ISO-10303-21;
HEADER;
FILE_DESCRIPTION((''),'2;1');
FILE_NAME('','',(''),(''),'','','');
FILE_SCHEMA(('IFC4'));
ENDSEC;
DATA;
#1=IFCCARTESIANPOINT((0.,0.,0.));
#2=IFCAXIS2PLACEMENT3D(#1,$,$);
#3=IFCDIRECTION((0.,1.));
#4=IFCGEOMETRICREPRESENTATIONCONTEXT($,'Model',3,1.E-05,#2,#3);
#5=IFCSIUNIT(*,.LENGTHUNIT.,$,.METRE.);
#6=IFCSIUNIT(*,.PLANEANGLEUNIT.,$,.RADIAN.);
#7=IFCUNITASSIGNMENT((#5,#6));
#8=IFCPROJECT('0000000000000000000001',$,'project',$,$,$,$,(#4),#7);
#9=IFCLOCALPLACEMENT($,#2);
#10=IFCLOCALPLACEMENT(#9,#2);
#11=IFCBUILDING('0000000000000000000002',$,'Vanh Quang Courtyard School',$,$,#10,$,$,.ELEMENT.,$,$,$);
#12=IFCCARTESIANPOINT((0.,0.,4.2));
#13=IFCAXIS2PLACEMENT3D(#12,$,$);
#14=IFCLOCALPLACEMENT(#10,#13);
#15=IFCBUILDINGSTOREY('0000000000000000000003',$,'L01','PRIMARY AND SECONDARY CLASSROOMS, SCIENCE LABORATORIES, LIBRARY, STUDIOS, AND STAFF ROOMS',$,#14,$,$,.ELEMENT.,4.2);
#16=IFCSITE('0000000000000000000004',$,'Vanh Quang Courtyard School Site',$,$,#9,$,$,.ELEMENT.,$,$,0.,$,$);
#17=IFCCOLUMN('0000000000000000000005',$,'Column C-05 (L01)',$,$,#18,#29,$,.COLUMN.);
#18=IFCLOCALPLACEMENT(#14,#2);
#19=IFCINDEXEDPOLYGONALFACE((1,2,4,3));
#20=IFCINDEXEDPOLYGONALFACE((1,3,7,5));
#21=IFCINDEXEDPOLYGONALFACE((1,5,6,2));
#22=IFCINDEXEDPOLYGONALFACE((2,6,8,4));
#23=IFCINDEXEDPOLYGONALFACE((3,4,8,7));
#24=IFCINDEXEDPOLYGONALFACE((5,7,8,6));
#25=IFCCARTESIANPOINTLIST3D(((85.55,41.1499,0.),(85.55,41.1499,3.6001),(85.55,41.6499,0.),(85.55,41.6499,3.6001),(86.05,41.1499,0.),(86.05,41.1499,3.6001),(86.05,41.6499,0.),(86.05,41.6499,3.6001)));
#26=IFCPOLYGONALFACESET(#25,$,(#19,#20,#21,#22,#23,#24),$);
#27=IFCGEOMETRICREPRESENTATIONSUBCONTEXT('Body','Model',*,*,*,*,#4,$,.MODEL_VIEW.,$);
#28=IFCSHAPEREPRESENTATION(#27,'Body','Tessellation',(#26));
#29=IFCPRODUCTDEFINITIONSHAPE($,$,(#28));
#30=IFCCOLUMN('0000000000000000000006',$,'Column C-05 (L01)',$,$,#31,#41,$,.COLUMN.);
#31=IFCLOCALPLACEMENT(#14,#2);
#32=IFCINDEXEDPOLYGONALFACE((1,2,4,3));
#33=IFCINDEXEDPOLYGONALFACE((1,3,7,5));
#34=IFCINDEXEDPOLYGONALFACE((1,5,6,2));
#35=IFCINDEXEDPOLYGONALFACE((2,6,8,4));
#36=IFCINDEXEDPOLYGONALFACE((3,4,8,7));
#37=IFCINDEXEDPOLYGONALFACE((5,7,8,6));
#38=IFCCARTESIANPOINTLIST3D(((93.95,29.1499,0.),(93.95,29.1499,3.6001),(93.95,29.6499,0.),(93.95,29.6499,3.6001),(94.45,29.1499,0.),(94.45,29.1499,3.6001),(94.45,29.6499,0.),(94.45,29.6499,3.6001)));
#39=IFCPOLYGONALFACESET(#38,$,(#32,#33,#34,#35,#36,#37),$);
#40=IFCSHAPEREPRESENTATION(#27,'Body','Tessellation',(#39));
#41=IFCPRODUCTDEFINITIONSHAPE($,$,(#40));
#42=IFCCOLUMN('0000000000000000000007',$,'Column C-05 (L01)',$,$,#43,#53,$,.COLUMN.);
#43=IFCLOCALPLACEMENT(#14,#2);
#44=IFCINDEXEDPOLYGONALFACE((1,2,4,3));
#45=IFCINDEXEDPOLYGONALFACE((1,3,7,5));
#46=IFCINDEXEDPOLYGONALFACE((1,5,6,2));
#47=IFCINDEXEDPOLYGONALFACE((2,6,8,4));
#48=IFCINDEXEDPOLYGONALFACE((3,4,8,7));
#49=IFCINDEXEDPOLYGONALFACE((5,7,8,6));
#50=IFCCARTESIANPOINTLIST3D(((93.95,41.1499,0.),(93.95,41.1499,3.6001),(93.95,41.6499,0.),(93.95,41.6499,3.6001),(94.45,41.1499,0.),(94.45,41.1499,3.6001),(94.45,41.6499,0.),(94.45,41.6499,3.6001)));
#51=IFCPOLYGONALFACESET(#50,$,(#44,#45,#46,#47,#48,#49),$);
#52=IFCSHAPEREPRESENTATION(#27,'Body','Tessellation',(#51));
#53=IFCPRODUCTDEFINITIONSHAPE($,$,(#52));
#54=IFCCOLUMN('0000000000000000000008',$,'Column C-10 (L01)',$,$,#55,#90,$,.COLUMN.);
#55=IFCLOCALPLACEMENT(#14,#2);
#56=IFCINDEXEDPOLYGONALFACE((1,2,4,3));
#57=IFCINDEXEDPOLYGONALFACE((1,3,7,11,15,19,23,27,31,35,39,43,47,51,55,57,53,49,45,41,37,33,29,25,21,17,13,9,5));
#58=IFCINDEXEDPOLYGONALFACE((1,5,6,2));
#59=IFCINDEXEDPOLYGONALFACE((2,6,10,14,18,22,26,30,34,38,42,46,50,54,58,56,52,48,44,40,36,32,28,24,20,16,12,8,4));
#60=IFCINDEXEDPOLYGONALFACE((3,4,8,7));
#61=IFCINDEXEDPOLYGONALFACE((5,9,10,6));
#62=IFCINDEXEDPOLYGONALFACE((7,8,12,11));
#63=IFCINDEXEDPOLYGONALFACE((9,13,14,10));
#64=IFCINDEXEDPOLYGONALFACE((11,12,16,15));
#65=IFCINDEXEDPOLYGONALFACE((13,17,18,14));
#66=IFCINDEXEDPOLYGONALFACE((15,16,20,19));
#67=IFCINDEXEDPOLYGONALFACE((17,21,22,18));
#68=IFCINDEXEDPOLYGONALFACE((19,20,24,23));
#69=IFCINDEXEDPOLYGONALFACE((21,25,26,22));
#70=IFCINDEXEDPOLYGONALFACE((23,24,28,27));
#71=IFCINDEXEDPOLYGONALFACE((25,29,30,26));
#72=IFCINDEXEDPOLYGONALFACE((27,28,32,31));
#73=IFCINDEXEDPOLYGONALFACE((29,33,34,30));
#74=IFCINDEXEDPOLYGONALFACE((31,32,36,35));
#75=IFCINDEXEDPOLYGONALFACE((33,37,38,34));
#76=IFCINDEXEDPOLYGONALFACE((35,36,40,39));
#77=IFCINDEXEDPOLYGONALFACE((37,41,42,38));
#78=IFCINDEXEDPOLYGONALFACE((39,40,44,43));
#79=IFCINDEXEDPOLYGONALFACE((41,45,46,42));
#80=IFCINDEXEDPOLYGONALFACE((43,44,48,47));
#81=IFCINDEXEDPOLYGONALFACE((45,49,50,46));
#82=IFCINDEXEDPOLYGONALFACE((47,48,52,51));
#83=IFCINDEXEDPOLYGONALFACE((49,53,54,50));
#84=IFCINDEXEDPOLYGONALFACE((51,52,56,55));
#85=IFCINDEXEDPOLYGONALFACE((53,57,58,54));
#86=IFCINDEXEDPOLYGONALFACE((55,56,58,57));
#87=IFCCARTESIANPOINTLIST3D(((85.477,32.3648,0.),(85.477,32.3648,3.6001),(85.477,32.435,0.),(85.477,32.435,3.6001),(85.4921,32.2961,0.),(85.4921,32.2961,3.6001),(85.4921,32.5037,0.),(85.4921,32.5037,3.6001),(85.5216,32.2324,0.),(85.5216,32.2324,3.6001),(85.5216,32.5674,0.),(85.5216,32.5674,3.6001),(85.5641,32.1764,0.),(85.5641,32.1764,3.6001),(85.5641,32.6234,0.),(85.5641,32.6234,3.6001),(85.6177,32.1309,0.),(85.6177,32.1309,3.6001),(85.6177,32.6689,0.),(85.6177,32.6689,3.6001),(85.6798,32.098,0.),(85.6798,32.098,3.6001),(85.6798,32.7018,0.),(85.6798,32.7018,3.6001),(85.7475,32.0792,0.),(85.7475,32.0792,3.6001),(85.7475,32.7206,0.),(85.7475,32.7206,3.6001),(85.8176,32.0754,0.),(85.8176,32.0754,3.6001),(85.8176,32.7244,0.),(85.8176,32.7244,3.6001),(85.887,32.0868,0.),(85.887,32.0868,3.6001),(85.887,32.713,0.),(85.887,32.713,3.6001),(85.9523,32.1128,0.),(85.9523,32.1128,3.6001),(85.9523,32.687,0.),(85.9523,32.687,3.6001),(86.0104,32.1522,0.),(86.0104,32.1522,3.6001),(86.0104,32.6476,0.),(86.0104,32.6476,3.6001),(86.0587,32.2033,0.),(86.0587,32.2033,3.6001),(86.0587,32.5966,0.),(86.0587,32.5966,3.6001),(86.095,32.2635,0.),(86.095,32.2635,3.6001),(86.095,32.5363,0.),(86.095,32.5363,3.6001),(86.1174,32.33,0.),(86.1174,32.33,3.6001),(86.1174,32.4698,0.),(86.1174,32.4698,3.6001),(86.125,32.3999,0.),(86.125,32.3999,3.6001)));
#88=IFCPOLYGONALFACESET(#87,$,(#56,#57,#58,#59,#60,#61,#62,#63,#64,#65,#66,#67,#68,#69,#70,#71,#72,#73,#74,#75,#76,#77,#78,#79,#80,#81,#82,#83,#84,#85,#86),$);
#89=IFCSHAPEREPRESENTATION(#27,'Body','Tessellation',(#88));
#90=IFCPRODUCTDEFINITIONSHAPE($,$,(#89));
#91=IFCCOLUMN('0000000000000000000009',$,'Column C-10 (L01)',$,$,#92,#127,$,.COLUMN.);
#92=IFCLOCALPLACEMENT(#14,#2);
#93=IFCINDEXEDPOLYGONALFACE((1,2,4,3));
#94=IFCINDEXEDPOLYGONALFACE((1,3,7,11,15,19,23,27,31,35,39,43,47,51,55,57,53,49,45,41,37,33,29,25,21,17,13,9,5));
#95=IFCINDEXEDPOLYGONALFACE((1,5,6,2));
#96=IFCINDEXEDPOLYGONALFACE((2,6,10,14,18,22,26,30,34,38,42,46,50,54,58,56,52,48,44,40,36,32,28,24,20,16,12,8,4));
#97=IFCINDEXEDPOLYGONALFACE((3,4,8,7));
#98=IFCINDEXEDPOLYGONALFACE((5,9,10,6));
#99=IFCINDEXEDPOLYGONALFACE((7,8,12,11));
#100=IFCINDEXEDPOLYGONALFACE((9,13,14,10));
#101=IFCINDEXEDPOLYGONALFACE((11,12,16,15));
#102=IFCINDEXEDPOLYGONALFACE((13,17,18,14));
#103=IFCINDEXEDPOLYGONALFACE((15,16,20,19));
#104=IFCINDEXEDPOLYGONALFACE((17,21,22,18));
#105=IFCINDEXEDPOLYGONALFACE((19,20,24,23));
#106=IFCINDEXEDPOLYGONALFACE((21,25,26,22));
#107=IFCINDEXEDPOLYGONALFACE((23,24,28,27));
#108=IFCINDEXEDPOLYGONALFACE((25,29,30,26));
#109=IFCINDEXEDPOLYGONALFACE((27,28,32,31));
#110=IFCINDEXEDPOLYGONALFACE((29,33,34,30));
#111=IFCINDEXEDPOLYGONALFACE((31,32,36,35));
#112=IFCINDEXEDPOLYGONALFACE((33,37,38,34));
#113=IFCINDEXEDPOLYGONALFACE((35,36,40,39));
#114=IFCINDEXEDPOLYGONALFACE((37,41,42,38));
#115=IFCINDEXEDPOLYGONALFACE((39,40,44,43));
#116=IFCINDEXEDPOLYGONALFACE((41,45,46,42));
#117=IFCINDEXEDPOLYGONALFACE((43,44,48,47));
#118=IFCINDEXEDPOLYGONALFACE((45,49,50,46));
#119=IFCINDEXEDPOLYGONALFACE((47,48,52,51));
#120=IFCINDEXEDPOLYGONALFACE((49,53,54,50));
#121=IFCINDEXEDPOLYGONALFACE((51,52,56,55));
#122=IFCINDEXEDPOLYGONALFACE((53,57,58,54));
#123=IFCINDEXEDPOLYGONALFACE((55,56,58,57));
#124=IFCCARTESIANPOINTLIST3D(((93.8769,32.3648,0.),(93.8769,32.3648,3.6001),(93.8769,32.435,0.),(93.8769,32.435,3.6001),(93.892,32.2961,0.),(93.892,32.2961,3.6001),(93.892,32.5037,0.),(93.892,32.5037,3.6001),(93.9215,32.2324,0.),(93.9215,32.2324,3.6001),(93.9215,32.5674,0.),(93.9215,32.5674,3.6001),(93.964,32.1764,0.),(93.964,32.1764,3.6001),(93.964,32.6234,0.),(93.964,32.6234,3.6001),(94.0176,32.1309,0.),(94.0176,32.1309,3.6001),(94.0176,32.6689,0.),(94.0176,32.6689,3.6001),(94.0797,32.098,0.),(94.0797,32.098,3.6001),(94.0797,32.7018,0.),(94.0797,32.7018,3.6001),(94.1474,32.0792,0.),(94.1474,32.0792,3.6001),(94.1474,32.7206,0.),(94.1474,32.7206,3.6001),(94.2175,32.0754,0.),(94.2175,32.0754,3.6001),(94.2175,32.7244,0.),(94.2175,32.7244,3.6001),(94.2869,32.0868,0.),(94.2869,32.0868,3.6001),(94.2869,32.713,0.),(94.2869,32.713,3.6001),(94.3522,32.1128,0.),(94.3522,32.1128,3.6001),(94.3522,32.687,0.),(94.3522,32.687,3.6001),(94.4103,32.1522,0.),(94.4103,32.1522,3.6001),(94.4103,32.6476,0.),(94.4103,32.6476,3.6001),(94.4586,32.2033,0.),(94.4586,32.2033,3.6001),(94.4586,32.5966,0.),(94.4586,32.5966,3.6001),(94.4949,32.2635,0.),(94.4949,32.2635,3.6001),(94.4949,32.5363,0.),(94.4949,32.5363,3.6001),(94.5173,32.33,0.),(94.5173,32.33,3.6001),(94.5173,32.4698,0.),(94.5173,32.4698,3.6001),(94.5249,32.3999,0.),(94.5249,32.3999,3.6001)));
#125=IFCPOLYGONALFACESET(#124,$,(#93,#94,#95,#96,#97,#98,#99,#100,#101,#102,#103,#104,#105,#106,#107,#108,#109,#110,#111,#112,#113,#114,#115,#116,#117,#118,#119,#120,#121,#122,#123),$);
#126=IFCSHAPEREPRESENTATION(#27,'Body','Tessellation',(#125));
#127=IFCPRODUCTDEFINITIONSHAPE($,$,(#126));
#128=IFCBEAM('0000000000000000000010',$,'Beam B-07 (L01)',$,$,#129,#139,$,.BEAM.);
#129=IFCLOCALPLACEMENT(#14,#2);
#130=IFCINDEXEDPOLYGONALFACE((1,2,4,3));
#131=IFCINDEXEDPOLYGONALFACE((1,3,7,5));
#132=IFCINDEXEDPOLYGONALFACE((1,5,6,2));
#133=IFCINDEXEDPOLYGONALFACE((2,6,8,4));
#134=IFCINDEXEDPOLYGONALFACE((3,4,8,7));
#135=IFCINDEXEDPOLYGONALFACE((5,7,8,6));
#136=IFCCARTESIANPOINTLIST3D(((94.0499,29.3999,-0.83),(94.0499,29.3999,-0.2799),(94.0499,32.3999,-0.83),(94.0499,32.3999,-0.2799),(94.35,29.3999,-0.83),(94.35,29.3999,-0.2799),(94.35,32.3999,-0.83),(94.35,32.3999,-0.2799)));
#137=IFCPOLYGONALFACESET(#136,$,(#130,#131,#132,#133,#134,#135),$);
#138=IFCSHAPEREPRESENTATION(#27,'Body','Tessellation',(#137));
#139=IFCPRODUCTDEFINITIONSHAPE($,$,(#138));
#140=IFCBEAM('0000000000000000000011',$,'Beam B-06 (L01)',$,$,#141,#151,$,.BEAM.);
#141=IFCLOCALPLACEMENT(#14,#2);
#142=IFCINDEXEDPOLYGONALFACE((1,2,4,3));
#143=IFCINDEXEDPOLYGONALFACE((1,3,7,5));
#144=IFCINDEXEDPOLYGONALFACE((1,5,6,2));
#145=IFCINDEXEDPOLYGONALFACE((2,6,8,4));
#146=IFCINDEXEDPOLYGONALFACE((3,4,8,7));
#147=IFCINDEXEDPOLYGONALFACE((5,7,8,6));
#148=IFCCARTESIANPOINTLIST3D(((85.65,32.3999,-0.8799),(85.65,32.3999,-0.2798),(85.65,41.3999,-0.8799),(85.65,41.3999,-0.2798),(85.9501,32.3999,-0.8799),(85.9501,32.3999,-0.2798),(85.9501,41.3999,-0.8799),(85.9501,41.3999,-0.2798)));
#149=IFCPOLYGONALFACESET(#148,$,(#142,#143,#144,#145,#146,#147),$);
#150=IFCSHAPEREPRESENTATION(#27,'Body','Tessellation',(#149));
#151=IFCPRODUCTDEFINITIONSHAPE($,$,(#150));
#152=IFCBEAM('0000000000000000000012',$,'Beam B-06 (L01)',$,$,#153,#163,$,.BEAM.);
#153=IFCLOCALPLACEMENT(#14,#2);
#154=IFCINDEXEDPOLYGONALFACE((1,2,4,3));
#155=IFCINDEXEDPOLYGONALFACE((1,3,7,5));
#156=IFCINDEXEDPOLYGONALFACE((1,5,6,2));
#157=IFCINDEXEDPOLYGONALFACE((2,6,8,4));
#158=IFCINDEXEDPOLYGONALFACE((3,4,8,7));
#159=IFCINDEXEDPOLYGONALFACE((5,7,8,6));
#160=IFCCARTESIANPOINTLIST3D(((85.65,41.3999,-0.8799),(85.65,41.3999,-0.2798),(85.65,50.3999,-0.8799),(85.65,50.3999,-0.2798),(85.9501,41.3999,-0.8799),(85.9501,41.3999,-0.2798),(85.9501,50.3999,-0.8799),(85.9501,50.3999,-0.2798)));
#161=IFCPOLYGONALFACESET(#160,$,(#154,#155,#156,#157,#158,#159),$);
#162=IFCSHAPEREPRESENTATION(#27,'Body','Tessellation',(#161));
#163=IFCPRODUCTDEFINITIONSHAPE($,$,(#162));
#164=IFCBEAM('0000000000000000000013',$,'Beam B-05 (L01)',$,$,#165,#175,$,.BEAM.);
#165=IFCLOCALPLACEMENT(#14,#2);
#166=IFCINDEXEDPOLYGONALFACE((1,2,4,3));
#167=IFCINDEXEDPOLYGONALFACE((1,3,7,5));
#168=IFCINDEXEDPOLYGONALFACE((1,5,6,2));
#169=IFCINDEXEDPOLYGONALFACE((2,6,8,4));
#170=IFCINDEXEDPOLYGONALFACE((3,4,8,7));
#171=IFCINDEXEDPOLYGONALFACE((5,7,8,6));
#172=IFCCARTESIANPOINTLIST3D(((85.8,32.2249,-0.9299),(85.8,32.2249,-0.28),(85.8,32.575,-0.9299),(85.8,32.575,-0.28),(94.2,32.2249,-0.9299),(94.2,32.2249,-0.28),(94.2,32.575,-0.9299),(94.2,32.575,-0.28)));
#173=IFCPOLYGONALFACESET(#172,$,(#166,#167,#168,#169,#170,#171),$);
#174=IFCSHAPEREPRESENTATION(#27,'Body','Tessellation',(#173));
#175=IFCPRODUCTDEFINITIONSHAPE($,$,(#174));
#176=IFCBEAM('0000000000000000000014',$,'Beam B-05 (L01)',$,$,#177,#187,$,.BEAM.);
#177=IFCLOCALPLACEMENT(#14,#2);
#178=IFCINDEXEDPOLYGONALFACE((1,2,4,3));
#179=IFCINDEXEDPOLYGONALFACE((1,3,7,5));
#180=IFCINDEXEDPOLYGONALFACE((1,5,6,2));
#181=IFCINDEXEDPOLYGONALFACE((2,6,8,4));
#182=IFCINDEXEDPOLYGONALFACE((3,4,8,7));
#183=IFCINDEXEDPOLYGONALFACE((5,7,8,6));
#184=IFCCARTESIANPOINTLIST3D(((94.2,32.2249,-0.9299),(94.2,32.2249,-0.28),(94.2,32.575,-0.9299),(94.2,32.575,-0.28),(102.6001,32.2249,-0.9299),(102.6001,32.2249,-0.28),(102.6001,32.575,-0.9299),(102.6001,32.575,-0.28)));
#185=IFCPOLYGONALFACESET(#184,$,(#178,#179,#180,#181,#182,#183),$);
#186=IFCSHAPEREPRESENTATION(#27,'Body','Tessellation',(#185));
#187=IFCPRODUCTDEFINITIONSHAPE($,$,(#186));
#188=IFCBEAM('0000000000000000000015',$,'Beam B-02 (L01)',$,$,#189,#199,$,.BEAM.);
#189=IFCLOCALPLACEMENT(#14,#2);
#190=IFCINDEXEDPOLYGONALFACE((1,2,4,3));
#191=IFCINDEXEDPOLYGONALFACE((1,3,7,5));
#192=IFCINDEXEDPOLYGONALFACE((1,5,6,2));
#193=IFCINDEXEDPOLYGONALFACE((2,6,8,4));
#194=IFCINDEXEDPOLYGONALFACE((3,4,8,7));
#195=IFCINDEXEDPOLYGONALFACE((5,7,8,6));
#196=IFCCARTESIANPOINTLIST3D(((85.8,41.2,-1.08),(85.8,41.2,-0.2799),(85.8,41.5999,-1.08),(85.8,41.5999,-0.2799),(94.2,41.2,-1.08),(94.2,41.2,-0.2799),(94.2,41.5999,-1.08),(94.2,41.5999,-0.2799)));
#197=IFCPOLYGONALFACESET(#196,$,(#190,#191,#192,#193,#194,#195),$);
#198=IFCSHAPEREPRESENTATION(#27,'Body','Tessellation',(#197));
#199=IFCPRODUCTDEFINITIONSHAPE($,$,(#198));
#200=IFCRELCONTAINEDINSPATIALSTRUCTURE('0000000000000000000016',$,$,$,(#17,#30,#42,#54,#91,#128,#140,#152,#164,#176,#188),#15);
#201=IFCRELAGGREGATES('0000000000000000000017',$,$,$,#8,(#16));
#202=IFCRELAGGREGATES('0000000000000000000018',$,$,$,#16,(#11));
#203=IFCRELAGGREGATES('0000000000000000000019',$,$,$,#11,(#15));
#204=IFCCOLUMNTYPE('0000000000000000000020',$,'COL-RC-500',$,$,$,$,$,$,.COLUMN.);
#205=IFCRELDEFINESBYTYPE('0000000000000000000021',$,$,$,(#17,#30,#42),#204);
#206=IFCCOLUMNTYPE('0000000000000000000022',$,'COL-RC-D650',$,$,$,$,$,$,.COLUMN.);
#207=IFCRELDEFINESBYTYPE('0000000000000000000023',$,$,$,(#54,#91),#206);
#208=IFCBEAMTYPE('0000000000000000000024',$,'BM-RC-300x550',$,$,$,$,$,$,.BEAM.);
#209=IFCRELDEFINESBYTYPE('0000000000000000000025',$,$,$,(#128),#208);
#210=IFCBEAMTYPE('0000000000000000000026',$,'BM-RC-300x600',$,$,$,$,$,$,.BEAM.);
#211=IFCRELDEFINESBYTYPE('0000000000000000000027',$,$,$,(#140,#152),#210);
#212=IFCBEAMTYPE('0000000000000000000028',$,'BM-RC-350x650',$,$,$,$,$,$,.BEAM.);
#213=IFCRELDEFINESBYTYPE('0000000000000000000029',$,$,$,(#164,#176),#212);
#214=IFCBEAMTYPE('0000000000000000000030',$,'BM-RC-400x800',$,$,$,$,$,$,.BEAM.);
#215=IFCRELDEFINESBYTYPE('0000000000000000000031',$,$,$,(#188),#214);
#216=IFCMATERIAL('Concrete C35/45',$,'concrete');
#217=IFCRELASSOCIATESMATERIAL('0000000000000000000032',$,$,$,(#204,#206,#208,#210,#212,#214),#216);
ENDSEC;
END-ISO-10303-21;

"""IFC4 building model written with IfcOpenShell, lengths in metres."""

from ifc_helpers import new_model, si_unit, direction, frame, origin, origin_2d, place, context, subcontext, project, spatial, rectangle, circle, extrude, material, material_profile, profile_set, type_object, element, save


model = new_model("IFC4")

# Units and contexts
model_context = context("Model", 3, precision=1e-05, world=origin(), true_north=direction((0.0, 1.0)))
body_context = subcontext(model_context, "Body", "Model", "MODEL_VIEW")
ifc_project = project(units=[si_unit("LENGTHUNIT", "METRE"), si_unit("PLANEANGLEUNIT", "RADIAN")], contexts=[model_context])

# Site, building, storey
site_placement = place(None, origin())
site = spatial("IfcSite", under=ifc_project, at=site_placement, Name="Vanh Quang Courtyard School Site", CompositionType="ELEMENT", RefElevation=0.0)
building_placement = place(site_placement, origin())
building = spatial("IfcBuilding", under=site, at=building_placement, Name="Vanh Quang Courtyard School", CompositionType="ELEMENT")
storey_placement = place(building_placement, frame((0.0, 0.0, 4.2)))
storey = spatial("IfcBuildingStorey", under=building, at=storey_placement, Name="L01", Description="PRIMARY AND SECONDARY CLASSROOMS, SCIENCE LABORATORIES, LIBRARY, STUDIOS, AND STAFF ROOMS", CompositionType="ELEMENT", Elevation=4.2)

# Columns
ifc_material_1 = material(Name="Concrete C35/45", Category="concrete")
ifc_material_profile_1 = material_profile(ifc_material_1, rectangle(XDim=0.5, YDim=0.5, at=origin_2d()), Name="RC-COL 500x500")
ifc_profile_set_1 = profile_set([ifc_material_profile_1], Name="Concrete C35/45")
column_type_1 = type_object("IfcColumnType", Name="COL-RC-500", PredefinedType="COLUMN", material=ifc_profile_set_1)
for number, where, z_axis, x_axis, name in (
    (1, (85.8, 41.3999, 0.0), (0.0, 0.0, 1.0), (1.0, 0.0, 0.0), "Column C-05 (L01)"),
    (2, (94.2, 29.3999, 0.0), (0.0, 0.0, 1.0), (1.0, 0.0, 0.0), "Column C-05 (L01)"),
    (3, (94.2, 41.3999, 0.0), (0.0, 0.0, 1.0), (1.0, 0.0, 0.0), "Column C-05 (L01)"),
):
    element("IfcColumn", number, at=place(storey_placement, frame(where, z_axis=z_axis, x_axis=x_axis)), inside=storey, type_object=column_type_1, Name=name, PredefinedType="COLUMN", context=body_context, shape_type="SweptSolid", body=[
        extrude(rectangle(XDim=0.5, YDim=0.5, at=origin_2d()), origin(), (0.0, 0.0, 1.0), 3.6001),
    ])
ifc_material_profile_2 = material_profile(ifc_material_1, circle(Radius=0.325, at=origin_2d()), Name="RC-COL D650")
ifc_profile_set_2 = profile_set([ifc_material_profile_2], Name="Concrete C35/45")
column_type_2 = type_object("IfcColumnType", Name="COL-RC-D650", PredefinedType="COLUMN", material=ifc_profile_set_2)
for number, where, z_axis, x_axis, name in (
    (4, (85.8, 32.3999, 0.0), (0.0, 0.0, 1.0), (1.0, 0.0, 0.0), "Column C-10 (L01)"),
    (5, (94.2, 32.3999, 0.0), (0.0, 0.0, 1.0), (1.0, 0.0, 0.0), "Column C-10 (L01)"),
):
    element("IfcColumn", number, at=place(storey_placement, frame(where, z_axis=z_axis, x_axis=x_axis)), inside=storey, type_object=column_type_2, Name=name, PredefinedType="COLUMN", context=body_context, shape_type="SweptSolid", body=[
        extrude(circle(Radius=0.325, at=origin_2d()), origin(), (0.0, 0.0, 1.0), 3.6001),
    ])

# Beams
ifc_material_profile_3 = material_profile(ifc_material_1, rectangle(XDim=0.3, YDim=0.55, at=origin_2d()), Name="RC-BM 300x550")
ifc_profile_set_3 = profile_set([ifc_material_profile_3], Name="Concrete C35/45")
beam_type_1 = type_object("IfcBeamType", Name="BM-RC-300x550", PredefinedType="BEAM", material=ifc_profile_set_3)
beam_1_placement = place(storey_placement, frame((94.2, 29.3999, -0.5549), z_axis=(0.0, 1.0, 0.0), x_axis=(-1.0, 0.0, 0.0)))
element("IfcBeam", 6, at=beam_1_placement, inside=storey, type_object=beam_type_1, Name="Beam B-07 (L01)", PredefinedType="BEAM", context=body_context, shape_type="SweptSolid", body=[
    extrude(rectangle(XDim=0.3, YDim=0.55, at=origin_2d()), origin(), (0.0, 0.0, 1.0), 3.0),
])
ifc_material_profile_4 = material_profile(ifc_material_1, rectangle(XDim=0.3, YDim=0.6001, at=origin_2d()), Name="RC-BM 300x600")
ifc_profile_set_4 = profile_set([ifc_material_profile_4], Name="Concrete C35/45")
beam_type_2 = type_object("IfcBeamType", Name="BM-RC-300x600", PredefinedType="BEAM", material=ifc_profile_set_4)
for number, where, z_axis, x_axis, name in (
    (7, (85.8, 32.3999, -0.5798), (0.0, 1.0, 0.0), (-1.0, 0.0, 0.0), "Beam B-06 (L01)"),
    (8, (85.8, 41.3999, -0.5798), (0.0, 1.0, 0.0), (-1.0, 0.0, 0.0), "Beam B-06 (L01)"),
):
    element("IfcBeam", number, at=place(storey_placement, frame(where, z_axis=z_axis, x_axis=x_axis)), inside=storey, type_object=beam_type_2, Name=name, PredefinedType="BEAM", context=body_context, shape_type="SweptSolid", body=[
        extrude(rectangle(XDim=0.3, YDim=0.6001, at=origin_2d()), origin(), (0.0, 0.0, 1.0), 9.0),
    ])
ifc_material_profile_5 = material_profile(ifc_material_1, rectangle(XDim=0.3501, YDim=0.6499, at=origin_2d()), Name="RC-BM 350x650")
ifc_profile_set_5 = profile_set([ifc_material_profile_5], Name="Concrete C35/45")
beam_type_3 = type_object("IfcBeamType", Name="BM-RC-350x650", PredefinedType="BEAM", material=ifc_profile_set_5)
beam_2_placement = place(storey_placement, frame((85.8, 32.3999, -0.605), z_axis=(1.0, 0.0, 0.0), x_axis=(0.0, 1.0, 0.0)))
element("IfcBeam", 9, at=beam_2_placement, inside=storey, type_object=beam_type_3, Name="Beam B-05 (L01)", PredefinedType="BEAM", context=body_context, shape_type="SweptSolid", body=[
    extrude(rectangle(XDim=0.3501, YDim=0.6499, at=origin_2d()), origin(), (0.0, 0.0, 1.0), 8.3999),
])
beam_3_placement = place(storey_placement, frame((94.2, 32.3999, -0.605), z_axis=(1.0, 0.0, 0.0), x_axis=(0.0, 1.0, 0.0)))
element("IfcBeam", 10, at=beam_3_placement, inside=storey, type_object=beam_type_3, Name="Beam B-05 (L01)", PredefinedType="BEAM", context=body_context, shape_type="SweptSolid", body=[
    extrude(rectangle(XDim=0.3501, YDim=0.6499, at=origin_2d()), origin(), (0.0, 0.0, 1.0), 8.4001),
])
ifc_material_profile_6 = material_profile(ifc_material_1, rectangle(XDim=0.3999, YDim=0.8, at=origin_2d()), Name="RC-BM 400x800")
ifc_profile_set_6 = profile_set([ifc_material_profile_6], Name="Concrete C35/45")
beam_type_4 = type_object("IfcBeamType", Name="BM-RC-400x800", PredefinedType="BEAM", material=ifc_profile_set_6)
beam_4_placement = place(storey_placement, frame((85.8, 41.3999, -0.6799), z_axis=(1.0, 0.0, 0.0), x_axis=(0.0, 1.0, 0.0)))
element("IfcBeam", 11, at=beam_4_placement, inside=storey, type_object=beam_type_4, Name="Beam B-02 (L01)", PredefinedType="BEAM", context=body_context, shape_type="SweptSolid", body=[
    extrude(rectangle(XDim=0.3999, YDim=0.8, at=origin_2d()), origin(), (0.0, 0.0, 1.0), 8.3999),
])

save(model, "model.ifc")
